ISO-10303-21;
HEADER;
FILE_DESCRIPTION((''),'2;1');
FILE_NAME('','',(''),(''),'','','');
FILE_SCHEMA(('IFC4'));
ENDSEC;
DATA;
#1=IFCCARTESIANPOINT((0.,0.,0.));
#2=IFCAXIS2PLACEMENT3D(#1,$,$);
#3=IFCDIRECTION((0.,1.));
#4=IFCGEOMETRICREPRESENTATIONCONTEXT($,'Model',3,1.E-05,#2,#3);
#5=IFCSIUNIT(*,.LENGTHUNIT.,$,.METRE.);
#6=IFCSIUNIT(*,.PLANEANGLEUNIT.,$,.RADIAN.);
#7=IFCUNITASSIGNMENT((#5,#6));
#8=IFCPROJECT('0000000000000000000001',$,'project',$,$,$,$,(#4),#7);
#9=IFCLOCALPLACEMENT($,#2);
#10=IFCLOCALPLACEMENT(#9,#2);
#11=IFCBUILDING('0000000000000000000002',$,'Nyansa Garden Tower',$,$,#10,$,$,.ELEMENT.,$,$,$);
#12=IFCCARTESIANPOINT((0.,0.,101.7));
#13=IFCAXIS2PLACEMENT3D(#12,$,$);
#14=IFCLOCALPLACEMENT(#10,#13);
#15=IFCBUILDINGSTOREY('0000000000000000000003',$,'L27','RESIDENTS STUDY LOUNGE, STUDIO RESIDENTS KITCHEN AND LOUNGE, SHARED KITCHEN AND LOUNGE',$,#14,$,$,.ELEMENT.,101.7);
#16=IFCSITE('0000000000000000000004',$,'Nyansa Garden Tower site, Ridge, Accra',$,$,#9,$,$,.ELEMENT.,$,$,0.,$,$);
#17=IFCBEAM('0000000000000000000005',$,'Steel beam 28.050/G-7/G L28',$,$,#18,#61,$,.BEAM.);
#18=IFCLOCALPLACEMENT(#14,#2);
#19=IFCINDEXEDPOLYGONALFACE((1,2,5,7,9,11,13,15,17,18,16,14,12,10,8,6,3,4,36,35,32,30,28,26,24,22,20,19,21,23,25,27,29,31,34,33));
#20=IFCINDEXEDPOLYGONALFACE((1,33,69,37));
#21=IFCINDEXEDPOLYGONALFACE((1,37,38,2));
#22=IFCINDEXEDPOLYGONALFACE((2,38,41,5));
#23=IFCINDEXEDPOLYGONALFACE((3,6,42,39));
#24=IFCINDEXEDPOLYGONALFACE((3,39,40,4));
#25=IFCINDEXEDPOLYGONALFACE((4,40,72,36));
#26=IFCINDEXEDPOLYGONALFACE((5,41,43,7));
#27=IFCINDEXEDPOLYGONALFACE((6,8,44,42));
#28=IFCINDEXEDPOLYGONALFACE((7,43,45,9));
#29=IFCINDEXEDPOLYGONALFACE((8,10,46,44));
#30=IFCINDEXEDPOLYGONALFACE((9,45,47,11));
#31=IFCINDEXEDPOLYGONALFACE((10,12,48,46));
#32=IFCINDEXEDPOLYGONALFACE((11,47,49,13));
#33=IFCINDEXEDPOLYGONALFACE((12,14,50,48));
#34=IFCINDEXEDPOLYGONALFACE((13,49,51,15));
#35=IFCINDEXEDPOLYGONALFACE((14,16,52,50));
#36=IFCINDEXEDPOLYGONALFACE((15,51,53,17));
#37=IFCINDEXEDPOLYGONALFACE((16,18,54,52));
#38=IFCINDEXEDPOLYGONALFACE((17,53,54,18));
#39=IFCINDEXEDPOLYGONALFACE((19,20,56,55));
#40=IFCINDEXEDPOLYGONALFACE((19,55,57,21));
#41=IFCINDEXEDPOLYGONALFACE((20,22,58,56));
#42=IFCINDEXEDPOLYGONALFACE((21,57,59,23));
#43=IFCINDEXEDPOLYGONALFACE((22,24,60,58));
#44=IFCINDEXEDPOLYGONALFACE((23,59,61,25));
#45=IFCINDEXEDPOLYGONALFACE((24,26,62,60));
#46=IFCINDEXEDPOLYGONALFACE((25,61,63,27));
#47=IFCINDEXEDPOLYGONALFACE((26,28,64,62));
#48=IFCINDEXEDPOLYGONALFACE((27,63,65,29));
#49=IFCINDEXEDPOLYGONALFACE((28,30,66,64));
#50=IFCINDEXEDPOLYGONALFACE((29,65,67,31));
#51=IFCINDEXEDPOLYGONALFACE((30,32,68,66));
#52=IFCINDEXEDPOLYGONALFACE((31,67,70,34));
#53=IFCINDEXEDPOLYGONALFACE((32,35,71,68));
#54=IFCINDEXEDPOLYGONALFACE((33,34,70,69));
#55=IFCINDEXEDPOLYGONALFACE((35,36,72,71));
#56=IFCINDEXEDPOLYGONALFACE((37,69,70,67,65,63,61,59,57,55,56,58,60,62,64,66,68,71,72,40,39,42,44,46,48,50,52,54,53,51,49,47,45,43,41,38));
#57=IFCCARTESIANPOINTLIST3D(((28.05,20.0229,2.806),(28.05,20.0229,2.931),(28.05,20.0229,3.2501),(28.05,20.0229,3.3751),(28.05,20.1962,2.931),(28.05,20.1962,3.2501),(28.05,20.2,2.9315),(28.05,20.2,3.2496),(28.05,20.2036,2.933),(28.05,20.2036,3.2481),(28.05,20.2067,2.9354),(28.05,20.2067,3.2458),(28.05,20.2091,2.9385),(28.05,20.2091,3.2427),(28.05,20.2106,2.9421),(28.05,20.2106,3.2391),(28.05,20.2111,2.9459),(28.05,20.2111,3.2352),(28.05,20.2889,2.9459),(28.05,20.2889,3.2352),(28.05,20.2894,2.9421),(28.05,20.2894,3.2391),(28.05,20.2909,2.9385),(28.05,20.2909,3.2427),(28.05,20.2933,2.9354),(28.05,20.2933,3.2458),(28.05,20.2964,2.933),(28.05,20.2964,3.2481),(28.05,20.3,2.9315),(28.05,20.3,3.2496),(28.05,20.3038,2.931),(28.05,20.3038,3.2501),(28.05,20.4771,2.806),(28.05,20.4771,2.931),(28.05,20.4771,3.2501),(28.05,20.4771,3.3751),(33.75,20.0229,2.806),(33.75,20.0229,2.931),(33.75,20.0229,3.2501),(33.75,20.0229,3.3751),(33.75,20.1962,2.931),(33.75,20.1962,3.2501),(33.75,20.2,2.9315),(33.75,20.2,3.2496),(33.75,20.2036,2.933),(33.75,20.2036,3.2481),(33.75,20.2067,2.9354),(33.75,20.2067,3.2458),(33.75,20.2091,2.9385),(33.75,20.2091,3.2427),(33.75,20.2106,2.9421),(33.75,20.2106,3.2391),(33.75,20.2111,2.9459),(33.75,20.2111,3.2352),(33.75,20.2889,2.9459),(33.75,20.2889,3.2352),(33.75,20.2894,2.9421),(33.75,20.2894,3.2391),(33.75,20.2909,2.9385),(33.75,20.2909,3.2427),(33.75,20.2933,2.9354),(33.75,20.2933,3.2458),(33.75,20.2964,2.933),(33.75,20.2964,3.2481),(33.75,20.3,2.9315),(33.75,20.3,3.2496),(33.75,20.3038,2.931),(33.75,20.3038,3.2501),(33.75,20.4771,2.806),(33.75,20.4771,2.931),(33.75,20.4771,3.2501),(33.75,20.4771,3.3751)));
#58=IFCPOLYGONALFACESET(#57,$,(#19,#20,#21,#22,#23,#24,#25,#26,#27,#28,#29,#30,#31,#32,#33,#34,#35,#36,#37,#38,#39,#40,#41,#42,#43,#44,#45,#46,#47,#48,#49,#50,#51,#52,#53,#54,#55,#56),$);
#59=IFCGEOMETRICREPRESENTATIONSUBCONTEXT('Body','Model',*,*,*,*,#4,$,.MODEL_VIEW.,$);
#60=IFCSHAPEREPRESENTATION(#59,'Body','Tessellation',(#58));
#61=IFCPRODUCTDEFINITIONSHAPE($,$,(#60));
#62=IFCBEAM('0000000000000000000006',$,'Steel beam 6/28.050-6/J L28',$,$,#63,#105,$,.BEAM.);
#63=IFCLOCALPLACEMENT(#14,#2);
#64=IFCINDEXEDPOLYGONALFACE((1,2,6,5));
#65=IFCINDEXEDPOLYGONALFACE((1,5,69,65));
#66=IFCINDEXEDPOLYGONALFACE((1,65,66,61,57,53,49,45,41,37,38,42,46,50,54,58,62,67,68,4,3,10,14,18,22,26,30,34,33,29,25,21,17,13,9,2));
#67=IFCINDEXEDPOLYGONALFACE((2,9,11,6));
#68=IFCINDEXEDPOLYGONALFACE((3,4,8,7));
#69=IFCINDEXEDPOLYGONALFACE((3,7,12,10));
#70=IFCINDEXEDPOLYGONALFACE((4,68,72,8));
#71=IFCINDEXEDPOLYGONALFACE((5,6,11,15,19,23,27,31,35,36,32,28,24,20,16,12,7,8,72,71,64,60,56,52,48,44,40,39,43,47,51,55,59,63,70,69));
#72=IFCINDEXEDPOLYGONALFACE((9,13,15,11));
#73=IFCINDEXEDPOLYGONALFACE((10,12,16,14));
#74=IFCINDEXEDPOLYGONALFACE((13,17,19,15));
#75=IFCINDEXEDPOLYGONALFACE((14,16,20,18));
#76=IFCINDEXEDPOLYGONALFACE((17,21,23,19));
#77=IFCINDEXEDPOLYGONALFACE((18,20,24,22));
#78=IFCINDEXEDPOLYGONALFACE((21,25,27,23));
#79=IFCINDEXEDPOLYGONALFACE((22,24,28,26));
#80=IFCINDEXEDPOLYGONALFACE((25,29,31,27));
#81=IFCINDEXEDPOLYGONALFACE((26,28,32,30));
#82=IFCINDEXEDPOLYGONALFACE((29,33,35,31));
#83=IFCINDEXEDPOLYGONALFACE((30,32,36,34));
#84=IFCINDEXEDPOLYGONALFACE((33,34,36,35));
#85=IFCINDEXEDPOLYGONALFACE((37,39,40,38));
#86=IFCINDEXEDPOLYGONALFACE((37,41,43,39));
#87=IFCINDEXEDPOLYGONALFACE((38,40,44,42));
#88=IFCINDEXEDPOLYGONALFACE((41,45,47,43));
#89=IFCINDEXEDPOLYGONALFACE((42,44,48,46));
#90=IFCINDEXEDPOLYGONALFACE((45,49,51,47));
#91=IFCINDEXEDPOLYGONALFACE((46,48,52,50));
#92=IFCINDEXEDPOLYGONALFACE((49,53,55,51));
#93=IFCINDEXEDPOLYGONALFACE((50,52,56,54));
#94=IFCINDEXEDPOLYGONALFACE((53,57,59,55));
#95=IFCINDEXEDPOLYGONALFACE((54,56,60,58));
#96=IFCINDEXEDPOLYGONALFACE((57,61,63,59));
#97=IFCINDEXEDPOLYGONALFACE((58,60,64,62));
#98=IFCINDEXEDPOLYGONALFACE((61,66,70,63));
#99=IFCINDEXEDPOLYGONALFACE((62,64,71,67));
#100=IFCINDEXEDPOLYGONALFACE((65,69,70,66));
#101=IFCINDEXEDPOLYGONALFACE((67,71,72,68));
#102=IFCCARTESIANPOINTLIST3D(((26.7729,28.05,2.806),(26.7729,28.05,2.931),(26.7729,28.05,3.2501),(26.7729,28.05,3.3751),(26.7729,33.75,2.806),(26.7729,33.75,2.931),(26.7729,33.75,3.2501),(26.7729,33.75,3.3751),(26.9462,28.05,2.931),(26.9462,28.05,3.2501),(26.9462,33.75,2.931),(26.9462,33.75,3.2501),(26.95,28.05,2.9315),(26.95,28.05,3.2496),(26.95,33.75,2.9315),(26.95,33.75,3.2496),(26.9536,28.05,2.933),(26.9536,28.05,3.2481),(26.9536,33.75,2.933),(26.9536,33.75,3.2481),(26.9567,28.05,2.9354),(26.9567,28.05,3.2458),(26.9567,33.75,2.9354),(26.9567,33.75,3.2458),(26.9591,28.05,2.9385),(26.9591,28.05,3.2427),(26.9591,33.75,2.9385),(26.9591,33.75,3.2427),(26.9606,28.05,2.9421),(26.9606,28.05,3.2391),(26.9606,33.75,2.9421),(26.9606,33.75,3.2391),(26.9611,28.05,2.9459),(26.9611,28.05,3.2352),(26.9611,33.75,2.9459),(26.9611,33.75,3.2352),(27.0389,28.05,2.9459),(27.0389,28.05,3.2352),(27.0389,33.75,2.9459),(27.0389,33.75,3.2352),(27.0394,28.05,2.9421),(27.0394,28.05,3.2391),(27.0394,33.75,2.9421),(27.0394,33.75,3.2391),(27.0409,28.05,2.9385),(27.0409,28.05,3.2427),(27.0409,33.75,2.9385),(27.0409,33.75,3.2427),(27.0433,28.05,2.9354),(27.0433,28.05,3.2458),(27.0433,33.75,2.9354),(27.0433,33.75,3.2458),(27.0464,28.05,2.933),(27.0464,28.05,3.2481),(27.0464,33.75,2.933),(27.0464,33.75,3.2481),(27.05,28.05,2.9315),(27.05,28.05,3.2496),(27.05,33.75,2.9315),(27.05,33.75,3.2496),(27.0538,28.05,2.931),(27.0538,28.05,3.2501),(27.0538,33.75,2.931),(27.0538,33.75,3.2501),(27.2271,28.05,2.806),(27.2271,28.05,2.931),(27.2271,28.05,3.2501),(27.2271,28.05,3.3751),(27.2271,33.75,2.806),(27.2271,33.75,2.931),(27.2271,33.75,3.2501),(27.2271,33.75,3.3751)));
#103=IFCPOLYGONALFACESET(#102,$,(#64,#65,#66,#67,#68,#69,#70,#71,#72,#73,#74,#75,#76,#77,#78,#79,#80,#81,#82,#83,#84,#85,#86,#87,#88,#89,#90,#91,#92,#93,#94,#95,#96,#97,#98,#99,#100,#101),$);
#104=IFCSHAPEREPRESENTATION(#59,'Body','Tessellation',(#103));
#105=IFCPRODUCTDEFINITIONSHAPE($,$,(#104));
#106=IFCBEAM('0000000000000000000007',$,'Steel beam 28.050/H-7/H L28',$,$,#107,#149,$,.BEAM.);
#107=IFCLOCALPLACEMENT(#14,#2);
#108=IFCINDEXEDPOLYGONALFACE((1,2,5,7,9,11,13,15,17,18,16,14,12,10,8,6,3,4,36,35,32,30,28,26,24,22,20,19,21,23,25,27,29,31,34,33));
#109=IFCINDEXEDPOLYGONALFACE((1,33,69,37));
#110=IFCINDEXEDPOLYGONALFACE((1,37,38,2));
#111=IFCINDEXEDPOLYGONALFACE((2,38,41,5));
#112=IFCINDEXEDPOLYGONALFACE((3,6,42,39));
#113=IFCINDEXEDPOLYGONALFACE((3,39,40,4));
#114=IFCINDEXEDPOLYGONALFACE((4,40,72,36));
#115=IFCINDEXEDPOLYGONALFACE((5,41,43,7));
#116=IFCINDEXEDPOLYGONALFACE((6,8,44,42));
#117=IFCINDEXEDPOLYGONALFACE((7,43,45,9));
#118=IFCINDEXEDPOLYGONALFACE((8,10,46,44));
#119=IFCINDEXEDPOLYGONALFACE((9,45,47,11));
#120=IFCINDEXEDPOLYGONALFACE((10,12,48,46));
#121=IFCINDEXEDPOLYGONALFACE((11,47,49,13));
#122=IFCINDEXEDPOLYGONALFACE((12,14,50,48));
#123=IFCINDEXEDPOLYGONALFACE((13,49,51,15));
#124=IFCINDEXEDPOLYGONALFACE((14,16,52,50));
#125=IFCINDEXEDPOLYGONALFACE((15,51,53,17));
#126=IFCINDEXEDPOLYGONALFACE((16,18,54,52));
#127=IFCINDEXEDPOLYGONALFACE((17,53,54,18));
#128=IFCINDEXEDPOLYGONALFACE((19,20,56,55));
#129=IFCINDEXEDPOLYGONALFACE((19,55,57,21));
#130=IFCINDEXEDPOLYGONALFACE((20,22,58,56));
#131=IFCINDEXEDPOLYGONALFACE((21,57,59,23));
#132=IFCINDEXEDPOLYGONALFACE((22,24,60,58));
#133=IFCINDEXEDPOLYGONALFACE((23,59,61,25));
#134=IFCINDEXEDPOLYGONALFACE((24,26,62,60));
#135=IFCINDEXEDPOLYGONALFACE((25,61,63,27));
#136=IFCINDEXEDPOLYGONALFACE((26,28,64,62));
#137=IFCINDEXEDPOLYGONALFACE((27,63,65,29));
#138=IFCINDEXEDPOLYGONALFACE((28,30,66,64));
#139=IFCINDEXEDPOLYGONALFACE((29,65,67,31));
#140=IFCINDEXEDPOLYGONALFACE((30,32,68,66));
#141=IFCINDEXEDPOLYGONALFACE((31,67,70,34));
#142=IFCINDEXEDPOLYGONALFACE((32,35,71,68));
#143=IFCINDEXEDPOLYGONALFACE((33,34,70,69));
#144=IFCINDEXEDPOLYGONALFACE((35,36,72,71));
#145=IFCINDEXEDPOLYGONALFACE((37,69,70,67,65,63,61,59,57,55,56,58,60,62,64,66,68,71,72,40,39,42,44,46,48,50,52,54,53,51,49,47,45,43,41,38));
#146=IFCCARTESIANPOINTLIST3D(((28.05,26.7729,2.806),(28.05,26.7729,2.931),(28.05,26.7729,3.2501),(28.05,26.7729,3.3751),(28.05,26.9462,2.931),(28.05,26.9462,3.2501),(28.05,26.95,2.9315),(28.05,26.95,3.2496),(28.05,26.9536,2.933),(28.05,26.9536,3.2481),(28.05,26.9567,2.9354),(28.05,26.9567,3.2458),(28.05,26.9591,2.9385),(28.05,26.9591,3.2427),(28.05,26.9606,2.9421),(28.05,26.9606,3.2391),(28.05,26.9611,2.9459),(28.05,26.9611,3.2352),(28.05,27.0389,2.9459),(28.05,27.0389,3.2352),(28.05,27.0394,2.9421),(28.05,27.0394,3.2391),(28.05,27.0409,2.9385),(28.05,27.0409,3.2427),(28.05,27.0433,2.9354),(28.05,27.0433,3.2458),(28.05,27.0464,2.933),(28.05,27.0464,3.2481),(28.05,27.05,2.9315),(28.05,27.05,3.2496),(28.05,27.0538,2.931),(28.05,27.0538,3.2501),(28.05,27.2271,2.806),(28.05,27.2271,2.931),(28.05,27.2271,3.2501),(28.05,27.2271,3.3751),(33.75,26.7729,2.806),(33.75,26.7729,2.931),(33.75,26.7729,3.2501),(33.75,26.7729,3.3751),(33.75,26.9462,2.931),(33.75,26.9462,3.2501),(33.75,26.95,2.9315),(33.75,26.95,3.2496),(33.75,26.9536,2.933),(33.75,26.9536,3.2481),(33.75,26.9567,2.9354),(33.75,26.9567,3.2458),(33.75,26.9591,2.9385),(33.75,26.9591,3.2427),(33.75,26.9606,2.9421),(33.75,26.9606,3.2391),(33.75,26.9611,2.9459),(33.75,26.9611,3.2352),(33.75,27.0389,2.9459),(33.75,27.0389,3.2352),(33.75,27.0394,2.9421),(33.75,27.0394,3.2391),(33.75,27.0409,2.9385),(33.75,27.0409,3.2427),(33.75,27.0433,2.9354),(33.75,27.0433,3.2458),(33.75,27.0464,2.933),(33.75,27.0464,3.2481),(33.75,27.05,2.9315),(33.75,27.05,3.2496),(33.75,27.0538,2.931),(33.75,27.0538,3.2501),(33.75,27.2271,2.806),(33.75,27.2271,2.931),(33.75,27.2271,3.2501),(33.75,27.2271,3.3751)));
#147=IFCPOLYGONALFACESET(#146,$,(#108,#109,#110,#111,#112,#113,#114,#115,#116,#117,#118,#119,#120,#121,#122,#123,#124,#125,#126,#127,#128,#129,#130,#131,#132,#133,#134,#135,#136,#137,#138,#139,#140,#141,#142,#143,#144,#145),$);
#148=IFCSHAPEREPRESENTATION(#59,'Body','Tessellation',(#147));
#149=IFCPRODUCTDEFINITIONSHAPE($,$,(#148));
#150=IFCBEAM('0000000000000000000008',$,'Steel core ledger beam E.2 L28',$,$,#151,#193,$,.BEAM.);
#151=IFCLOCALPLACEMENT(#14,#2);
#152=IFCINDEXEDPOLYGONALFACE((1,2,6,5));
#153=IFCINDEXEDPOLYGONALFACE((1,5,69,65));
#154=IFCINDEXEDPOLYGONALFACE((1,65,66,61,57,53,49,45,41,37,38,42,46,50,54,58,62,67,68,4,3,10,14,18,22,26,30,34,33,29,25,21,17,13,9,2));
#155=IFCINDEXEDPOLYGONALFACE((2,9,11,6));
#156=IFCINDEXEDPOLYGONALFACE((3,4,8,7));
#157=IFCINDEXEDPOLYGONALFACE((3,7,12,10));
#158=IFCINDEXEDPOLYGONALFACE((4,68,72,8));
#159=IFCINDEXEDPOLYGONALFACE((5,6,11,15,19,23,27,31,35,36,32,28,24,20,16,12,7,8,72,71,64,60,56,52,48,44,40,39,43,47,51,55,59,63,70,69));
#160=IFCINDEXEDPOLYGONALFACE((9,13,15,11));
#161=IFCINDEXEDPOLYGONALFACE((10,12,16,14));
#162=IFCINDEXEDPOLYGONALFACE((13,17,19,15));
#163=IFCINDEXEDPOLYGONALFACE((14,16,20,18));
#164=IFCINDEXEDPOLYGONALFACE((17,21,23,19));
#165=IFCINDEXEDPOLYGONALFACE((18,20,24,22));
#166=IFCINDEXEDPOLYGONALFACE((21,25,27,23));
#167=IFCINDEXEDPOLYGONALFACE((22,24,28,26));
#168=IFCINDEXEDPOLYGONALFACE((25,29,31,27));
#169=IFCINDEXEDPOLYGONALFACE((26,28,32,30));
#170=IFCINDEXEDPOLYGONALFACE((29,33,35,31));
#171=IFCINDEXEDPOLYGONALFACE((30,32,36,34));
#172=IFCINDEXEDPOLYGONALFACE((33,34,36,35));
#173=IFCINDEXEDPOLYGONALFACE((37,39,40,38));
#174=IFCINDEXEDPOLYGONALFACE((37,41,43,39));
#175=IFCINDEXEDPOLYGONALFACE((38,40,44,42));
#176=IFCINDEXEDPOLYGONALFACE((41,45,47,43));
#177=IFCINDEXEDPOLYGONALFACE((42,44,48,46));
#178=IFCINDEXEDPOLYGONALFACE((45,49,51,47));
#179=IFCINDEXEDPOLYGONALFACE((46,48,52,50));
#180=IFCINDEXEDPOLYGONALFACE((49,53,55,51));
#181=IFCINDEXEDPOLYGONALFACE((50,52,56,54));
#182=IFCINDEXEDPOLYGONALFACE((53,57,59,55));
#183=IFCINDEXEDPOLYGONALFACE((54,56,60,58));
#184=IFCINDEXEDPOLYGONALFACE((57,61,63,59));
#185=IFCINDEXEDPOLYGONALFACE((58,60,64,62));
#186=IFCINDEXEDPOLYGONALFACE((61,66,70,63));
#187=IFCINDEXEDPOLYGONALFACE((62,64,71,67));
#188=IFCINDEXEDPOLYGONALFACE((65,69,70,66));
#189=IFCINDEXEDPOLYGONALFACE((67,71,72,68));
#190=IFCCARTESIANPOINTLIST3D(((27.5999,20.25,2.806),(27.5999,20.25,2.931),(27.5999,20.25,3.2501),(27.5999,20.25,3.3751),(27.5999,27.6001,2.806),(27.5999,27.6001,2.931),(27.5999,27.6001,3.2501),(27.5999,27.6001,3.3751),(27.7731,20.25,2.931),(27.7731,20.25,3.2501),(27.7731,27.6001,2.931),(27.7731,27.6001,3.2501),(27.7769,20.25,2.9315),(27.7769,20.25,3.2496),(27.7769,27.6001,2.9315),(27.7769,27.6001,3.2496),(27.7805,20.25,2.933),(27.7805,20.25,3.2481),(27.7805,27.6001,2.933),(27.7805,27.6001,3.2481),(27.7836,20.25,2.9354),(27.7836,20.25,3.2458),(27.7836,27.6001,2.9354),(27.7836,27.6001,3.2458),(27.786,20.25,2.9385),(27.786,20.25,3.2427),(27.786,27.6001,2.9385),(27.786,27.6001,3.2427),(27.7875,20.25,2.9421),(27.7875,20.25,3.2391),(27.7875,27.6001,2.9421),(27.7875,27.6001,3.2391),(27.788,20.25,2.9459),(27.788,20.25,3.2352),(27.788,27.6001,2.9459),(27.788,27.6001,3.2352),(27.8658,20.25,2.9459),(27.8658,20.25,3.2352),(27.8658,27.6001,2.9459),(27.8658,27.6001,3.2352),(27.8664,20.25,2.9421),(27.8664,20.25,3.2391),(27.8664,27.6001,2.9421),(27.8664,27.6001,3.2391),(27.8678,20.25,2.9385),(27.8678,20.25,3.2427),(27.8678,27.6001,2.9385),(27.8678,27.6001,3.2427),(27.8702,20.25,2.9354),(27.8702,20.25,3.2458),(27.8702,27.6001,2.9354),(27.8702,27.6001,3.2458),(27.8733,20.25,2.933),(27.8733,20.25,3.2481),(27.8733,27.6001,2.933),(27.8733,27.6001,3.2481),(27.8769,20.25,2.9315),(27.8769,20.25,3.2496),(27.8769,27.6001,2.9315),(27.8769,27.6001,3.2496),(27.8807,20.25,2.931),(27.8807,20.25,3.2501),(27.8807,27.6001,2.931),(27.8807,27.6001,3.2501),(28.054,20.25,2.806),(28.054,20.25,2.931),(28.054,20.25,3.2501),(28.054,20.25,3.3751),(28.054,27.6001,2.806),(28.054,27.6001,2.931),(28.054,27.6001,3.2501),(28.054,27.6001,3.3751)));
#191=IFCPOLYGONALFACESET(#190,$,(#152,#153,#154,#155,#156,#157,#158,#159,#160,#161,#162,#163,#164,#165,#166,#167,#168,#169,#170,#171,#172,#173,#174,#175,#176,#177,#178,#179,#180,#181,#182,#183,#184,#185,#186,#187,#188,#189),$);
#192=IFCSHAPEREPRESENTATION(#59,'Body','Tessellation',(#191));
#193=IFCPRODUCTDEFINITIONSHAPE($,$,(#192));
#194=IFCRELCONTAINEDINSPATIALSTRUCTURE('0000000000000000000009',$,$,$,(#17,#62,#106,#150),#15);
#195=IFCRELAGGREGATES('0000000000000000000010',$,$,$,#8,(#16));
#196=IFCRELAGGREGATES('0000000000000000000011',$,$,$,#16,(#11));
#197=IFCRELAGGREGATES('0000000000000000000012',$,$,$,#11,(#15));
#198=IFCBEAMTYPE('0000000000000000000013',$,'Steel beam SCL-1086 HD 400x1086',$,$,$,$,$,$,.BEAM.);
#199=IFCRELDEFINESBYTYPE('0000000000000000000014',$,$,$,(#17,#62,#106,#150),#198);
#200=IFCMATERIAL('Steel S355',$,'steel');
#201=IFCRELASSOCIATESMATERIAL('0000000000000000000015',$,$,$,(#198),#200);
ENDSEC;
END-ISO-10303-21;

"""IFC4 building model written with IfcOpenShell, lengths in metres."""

from ifc_helpers import new_model, si_unit, direction, frame, origin, origin_2d, place, context, subcontext, project, spatial, i_section, extrude, material, material_profile, profile_set, type_object, element, save


model = new_model("IFC4")

# Units and contexts
model_context = context("Model", 3, precision=1e-05, world=origin(), true_north=direction((0.0, 1.0)))
body_context = subcontext(model_context, "Body", "Model", "MODEL_VIEW")
ifc_project = project(units=[si_unit("LENGTHUNIT", "METRE"), si_unit("PLANEANGLEUNIT", "RADIAN")], contexts=[model_context])

# Site, building, storey
site_placement = place(None, origin())
site = spatial("IfcSite", under=ifc_project, at=site_placement, Name="Nyansa Garden Tower site, Ridge, Accra", CompositionType="ELEMENT", RefElevation=0.0)
building_placement = place(site_placement, origin())
building = spatial("IfcBuilding", under=site, at=building_placement, Name="Nyansa Garden Tower", CompositionType="ELEMENT")
storey_placement = place(building_placement, frame((0.0, 0.0, 101.7)))
storey = spatial("IfcBuildingStorey", under=building, at=storey_placement, Name="L27", Description="RESIDENTS STUDY LOUNGE, STUDIO RESIDENTS KITCHEN AND LOUNGE, SHARED KITCHEN AND LOUNGE", CompositionType="ELEMENT", Elevation=101.7)

# Beams
ifc_material_1 = material(Name="Steel S355", Category="steel")
ifc_material_profile_1 = material_profile(ifc_material_1, i_section(OverallWidth=0.4541, OverallDepth=0.5691, WebThickness=0.0779, FlangeThickness=0.125, FilletRadius=0.0149, at=origin_2d()), Name="HD 400x1086")
ifc_profile_set_1 = profile_set([ifc_material_profile_1], Name="Steel S355")
beam_type_1 = type_object("IfcBeamType", Name="Steel beam SCL-1086 HD 400x1086", PredefinedType="BEAM", material=ifc_profile_set_1)
for number, where, z_axis, x_axis, name in (
    (1, (28.05, 20.25, 3.0906), (1.0, 0.0, 0.0), (0.0, 1.0, 0.0), "Steel beam 28.050/G-7/G L28"),
    (2, (27.0, 28.05, 3.0906), (0.0, 1.0, 0.0), (-1.0, 0.0, 0.0), "Steel beam 6/28.050-6/J L28"),
    (3, (28.05, 27.0, 3.0906), (1.0, 0.0, 0.0), (0.0, 1.0, 0.0), "Steel beam 28.050/H-7/H L28"),
):
    element("IfcBeam", number, at=place(storey_placement, frame(where, z_axis=z_axis, x_axis=x_axis)), inside=storey, type_object=beam_type_1, Name=name, PredefinedType="BEAM", context=body_context, shape_type="SweptSolid", body=[
        extrude(i_section(OverallWidth=0.4541, OverallDepth=0.5691, WebThickness=0.0779, FlangeThickness=0.125, FilletRadius=0.0149, at=origin_2d()), origin(), (0.0, 0.0, 1.0), 5.7),
    ])
beam_1_placement = place(storey_placement, frame((27.8269, 20.25, 3.0906), z_axis=(0.0, 1.0, 0.0), x_axis=(-1.0, 0.0, 0.0)))
element("IfcBeam", 4, at=beam_1_placement, inside=storey, type_object=beam_type_1, Name="Steel core ledger beam E.2 L28", PredefinedType="BEAM", context=body_context, shape_type="SweptSolid", body=[
    extrude(i_section(OverallWidth=0.4541, OverallDepth=0.5691, WebThickness=0.0779, FlangeThickness=0.125, FilletRadius=0.0149, at=origin_2d()), origin(), (0.0, 0.0, 1.0), 7.3501),
])

save(model, "model.ifc")
